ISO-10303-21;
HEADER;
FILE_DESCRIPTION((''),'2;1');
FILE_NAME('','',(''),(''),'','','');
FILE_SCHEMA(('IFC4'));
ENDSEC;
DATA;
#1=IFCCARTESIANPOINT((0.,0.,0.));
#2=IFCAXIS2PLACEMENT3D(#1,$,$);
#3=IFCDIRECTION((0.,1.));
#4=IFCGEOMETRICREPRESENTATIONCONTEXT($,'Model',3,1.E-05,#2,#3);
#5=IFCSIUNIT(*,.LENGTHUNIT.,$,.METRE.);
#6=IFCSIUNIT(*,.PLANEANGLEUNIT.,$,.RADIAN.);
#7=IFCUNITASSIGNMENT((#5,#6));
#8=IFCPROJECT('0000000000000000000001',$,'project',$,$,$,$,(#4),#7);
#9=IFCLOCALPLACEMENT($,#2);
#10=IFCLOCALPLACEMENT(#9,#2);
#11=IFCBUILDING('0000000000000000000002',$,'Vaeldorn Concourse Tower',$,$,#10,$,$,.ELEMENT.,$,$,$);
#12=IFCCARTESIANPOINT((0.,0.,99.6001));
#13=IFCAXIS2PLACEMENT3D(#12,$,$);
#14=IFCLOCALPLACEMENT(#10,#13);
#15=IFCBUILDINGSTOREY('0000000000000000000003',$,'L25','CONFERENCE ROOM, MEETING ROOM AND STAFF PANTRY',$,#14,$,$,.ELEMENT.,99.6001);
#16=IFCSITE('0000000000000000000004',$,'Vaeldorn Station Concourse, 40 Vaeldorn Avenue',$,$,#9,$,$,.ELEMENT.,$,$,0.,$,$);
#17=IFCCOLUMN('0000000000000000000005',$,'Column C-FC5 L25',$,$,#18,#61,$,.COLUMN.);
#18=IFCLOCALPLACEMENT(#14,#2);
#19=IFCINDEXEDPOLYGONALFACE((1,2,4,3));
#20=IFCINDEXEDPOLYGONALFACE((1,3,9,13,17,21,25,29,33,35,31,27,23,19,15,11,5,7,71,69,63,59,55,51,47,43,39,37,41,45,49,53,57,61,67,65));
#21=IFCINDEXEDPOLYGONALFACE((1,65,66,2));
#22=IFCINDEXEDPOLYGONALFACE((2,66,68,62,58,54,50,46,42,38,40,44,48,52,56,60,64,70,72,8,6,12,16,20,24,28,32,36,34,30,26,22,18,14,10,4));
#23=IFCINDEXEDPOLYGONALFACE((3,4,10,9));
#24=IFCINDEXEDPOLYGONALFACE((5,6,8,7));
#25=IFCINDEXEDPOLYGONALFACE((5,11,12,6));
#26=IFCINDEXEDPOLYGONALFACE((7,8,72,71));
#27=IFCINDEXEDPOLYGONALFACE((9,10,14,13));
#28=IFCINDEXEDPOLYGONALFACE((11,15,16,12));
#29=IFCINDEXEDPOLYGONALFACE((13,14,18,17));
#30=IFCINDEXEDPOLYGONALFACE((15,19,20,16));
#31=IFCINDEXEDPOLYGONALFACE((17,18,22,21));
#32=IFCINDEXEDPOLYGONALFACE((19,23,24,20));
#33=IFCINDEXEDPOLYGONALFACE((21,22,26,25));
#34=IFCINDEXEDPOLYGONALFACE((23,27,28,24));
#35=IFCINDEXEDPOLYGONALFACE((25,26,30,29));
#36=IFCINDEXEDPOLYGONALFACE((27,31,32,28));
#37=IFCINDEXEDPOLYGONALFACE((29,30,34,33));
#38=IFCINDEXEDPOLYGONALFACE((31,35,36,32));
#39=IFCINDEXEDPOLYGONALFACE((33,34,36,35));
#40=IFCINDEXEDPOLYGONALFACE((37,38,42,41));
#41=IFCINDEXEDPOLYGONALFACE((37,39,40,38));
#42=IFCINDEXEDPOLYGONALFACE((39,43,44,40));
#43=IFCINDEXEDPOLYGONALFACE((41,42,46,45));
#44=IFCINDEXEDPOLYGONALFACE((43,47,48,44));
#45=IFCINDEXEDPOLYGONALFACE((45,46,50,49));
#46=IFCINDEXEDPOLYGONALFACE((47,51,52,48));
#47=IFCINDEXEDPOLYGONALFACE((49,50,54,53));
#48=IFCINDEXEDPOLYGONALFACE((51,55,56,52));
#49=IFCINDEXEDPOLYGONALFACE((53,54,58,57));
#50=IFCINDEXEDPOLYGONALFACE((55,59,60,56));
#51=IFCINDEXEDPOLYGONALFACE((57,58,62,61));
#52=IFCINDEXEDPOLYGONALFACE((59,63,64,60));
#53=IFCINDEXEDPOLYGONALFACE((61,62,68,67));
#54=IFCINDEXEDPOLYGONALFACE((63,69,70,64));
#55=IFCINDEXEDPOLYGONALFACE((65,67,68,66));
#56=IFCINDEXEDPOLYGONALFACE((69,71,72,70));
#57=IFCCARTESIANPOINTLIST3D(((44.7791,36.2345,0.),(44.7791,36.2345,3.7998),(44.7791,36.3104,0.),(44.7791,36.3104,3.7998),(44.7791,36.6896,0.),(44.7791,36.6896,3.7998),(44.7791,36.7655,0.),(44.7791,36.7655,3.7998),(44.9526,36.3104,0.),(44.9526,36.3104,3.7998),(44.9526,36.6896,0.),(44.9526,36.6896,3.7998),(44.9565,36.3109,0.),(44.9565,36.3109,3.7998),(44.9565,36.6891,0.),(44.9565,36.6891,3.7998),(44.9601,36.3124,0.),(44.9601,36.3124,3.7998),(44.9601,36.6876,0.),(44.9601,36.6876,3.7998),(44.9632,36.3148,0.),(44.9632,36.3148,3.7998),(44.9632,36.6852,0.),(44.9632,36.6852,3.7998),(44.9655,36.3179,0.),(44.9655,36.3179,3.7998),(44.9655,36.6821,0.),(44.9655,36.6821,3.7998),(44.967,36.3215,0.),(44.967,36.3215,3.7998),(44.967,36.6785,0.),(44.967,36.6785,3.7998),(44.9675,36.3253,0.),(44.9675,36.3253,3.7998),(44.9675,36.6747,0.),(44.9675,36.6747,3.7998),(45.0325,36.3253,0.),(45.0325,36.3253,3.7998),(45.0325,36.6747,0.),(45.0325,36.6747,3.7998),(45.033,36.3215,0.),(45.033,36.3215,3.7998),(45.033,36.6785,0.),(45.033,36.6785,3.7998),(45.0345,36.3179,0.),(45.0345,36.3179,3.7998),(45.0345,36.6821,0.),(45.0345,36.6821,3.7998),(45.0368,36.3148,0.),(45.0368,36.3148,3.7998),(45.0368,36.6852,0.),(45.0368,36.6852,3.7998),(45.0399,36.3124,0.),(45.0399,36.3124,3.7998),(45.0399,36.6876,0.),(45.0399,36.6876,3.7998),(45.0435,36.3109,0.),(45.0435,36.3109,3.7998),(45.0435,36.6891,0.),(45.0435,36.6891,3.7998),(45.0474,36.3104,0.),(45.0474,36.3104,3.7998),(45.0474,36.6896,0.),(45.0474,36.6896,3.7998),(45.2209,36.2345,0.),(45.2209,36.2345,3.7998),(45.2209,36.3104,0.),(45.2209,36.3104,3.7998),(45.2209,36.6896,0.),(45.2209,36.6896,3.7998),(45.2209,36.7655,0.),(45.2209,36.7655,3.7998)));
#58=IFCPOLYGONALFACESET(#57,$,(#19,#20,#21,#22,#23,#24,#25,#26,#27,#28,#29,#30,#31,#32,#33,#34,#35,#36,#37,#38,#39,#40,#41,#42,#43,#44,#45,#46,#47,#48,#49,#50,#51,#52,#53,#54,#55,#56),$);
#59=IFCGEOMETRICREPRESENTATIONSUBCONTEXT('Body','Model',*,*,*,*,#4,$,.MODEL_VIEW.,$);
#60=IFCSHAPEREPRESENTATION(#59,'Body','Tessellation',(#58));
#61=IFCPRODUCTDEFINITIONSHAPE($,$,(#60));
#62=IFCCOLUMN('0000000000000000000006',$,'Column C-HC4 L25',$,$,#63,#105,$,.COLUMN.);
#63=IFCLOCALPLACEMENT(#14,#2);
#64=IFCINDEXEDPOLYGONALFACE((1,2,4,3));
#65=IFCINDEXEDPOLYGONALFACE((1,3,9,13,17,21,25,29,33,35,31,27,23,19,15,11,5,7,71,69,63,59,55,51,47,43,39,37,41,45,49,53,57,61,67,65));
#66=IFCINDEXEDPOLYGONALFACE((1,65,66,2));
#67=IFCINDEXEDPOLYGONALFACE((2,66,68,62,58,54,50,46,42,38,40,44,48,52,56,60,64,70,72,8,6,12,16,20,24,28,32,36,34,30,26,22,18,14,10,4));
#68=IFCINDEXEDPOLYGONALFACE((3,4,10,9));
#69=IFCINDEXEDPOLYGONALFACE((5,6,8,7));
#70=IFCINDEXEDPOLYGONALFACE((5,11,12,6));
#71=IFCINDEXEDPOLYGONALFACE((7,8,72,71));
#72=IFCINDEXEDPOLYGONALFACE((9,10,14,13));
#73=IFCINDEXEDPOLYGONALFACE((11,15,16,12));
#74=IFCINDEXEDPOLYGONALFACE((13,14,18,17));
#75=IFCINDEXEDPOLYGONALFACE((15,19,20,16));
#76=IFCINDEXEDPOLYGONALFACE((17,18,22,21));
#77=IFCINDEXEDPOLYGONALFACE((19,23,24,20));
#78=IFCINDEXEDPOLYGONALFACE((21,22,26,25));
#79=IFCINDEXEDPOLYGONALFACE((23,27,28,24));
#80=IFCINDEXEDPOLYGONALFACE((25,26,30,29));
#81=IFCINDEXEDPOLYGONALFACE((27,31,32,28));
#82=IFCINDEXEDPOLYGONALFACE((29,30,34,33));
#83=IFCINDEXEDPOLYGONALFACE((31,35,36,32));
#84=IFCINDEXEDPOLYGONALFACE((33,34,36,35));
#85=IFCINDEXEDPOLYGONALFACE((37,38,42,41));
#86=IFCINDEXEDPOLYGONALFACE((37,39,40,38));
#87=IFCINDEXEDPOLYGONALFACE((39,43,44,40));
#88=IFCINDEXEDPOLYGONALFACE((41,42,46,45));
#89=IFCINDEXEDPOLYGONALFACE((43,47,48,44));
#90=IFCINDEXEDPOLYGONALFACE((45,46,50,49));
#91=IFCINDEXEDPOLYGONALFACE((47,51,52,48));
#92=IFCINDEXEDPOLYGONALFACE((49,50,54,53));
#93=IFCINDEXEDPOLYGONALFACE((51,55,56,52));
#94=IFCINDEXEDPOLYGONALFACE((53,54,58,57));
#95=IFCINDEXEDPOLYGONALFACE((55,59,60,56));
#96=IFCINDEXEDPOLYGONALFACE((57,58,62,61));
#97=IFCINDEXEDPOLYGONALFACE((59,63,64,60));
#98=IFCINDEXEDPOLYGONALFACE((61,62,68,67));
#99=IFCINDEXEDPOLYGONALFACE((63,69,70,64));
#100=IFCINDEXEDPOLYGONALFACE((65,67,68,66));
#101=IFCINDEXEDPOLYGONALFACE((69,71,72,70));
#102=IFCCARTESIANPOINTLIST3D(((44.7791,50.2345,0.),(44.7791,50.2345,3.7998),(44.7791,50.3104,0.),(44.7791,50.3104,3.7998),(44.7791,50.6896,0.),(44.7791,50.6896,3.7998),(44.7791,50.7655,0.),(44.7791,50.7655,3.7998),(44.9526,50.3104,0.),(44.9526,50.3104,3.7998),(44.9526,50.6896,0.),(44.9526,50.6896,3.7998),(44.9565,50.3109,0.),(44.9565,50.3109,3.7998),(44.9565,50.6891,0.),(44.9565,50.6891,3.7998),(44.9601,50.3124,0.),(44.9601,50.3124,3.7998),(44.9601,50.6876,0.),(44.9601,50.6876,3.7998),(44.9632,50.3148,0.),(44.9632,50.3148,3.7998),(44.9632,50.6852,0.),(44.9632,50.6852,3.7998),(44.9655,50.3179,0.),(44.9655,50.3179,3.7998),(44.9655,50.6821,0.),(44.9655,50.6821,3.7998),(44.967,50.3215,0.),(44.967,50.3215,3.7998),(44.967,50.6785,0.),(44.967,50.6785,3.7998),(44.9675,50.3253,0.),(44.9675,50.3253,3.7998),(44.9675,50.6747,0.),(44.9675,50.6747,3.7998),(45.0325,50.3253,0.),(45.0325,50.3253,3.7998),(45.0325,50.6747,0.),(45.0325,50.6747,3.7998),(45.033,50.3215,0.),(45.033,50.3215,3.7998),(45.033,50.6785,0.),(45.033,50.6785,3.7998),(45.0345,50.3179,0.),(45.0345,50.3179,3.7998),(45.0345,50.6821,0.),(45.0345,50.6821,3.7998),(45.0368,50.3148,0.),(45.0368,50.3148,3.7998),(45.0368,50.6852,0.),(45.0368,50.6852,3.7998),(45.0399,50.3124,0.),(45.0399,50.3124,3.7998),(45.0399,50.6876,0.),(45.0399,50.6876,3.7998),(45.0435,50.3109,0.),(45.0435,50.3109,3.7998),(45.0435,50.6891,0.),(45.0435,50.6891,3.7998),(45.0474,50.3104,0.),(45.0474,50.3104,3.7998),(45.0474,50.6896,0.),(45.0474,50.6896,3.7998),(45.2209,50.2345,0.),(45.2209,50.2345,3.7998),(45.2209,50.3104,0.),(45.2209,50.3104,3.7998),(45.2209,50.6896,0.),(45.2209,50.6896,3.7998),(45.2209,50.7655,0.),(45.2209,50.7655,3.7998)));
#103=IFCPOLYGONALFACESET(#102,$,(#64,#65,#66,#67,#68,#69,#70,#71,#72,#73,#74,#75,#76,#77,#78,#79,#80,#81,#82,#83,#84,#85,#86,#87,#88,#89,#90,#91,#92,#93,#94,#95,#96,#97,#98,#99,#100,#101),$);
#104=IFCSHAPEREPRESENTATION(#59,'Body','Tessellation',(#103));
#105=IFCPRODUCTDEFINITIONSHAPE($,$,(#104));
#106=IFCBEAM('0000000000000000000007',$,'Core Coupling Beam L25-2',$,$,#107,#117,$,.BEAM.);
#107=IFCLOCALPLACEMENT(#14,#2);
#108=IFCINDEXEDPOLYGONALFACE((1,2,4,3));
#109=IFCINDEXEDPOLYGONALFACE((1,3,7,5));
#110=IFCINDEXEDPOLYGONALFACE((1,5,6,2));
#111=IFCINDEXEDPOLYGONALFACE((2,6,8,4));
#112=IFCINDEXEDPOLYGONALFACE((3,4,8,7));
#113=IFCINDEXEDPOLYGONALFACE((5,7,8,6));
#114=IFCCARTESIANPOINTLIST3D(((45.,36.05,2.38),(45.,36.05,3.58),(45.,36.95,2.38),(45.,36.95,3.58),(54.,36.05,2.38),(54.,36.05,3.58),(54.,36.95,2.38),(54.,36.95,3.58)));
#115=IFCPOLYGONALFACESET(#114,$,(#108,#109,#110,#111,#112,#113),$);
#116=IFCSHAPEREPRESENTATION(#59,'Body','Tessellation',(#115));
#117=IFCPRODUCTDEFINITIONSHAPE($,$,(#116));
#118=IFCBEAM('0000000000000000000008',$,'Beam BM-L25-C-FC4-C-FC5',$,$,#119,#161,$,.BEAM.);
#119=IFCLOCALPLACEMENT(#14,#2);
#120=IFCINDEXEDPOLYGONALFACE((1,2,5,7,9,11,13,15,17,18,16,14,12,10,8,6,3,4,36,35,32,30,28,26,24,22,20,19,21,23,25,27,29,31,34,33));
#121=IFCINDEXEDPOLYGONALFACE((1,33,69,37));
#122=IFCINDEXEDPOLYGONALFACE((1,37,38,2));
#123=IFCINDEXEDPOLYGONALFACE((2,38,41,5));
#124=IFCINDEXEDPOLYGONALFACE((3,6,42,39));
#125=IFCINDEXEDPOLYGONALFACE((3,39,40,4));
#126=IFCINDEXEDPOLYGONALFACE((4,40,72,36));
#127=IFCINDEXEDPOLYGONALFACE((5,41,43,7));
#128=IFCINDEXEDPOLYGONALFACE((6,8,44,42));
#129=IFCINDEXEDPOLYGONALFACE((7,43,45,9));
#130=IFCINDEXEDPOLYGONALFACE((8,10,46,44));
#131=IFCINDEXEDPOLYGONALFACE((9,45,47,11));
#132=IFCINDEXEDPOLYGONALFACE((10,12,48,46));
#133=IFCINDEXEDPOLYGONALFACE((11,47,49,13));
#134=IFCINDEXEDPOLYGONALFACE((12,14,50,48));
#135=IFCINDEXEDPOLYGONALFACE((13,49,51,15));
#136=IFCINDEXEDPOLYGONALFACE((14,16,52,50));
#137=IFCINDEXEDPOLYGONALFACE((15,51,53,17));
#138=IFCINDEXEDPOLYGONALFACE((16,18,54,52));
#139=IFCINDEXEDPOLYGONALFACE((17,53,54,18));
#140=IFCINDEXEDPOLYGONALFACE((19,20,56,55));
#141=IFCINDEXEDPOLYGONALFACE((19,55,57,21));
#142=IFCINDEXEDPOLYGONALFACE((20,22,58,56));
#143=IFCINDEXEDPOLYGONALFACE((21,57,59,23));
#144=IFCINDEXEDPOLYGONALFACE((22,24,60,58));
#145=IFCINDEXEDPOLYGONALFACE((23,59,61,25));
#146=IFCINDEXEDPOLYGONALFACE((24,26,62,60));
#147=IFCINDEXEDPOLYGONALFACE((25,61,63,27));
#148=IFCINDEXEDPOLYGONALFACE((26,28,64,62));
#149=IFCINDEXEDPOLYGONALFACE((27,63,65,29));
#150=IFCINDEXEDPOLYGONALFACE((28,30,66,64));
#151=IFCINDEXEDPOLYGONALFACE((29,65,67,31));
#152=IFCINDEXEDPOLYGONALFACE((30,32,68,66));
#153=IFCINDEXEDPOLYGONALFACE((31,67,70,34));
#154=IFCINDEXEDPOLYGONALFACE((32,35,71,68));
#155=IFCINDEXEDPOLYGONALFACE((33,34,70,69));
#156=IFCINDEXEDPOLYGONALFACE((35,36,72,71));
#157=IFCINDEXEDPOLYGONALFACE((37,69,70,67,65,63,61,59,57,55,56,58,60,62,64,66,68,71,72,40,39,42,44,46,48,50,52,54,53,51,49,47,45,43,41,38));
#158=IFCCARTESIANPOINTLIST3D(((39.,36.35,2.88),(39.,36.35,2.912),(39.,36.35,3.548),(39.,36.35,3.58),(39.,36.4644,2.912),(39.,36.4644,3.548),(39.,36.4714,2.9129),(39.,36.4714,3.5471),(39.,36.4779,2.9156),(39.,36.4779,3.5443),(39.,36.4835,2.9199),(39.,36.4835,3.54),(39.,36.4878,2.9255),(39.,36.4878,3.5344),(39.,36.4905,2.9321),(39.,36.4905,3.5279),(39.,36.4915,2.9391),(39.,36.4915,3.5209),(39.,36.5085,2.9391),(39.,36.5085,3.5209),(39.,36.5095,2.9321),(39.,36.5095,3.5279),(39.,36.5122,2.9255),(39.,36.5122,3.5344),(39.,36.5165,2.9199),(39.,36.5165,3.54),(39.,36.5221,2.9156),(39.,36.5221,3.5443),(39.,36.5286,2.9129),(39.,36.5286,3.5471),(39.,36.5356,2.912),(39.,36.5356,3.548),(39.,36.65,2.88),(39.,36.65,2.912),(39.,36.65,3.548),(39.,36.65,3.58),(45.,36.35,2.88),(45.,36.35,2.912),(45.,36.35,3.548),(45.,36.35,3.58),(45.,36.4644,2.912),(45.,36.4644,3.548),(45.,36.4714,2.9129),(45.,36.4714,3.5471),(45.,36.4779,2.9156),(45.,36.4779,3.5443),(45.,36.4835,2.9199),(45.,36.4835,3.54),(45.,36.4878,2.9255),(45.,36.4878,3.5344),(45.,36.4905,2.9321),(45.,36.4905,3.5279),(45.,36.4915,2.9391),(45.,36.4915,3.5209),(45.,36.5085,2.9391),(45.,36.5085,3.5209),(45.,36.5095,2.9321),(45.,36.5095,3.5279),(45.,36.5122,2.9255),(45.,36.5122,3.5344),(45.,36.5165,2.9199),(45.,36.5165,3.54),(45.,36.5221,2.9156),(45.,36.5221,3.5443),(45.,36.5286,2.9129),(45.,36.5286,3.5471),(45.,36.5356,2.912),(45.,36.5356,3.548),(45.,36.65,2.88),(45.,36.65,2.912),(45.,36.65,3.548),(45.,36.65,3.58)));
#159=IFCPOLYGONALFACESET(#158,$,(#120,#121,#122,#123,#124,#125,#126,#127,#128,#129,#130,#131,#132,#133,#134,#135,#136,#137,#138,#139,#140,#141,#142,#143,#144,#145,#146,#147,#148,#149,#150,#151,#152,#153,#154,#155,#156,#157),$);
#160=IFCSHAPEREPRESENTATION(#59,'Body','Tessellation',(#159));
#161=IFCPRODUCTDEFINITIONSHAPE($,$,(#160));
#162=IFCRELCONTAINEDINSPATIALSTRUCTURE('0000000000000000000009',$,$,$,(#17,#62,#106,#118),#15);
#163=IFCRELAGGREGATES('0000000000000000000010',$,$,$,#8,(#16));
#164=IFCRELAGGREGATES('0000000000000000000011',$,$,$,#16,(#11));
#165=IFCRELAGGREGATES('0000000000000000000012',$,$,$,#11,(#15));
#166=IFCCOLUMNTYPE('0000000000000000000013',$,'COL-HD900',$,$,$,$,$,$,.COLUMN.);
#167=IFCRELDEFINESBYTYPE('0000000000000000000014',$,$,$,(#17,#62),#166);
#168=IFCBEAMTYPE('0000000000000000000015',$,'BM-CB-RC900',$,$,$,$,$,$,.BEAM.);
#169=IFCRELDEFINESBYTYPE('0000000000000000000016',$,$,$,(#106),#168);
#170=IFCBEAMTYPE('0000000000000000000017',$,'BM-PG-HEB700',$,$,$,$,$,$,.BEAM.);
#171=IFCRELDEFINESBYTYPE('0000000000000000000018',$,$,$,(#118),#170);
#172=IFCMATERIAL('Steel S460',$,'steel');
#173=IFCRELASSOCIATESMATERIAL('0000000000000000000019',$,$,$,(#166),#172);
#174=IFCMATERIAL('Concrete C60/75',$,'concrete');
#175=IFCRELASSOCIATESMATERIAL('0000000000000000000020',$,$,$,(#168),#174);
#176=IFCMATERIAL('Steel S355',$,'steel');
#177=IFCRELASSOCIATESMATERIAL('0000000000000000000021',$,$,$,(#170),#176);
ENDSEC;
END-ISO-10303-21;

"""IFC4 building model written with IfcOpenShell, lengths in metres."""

from ifc_helpers import new_model, si_unit, direction, frame, origin, origin_2d, place, context, subcontext, project, spatial, rectangle, i_section, extrude, source, transform, mapped, material, material_profile, profile_set, type_object, element, save


model = new_model("IFC4")

# Units and contexts
model_context = context("Model", 3, precision=1e-05, world=origin(), true_north=direction((0.0, 1.0)))
body_context = subcontext(model_context, "Body", "Model", "MODEL_VIEW")
ifc_project = project(units=[si_unit("LENGTHUNIT", "METRE"), si_unit("PLANEANGLEUNIT", "RADIAN")], contexts=[model_context])

# Site, building, storey
site_placement = place(None, origin())
site = spatial("IfcSite", under=ifc_project, at=site_placement, Name="Vaeldorn Station Concourse, 40 Vaeldorn Avenue", CompositionType="ELEMENT", RefElevation=0.0)
building_placement = place(site_placement, origin())
building = spatial("IfcBuilding", under=site, at=building_placement, Name="Vaeldorn Concourse Tower", CompositionType="ELEMENT")
storey_placement = place(building_placement, frame((0.0, 0.0, 99.6001)))
storey = spatial("IfcBuildingStorey", under=building, at=storey_placement, Name="L25", Description="CONFERENCE ROOM, MEETING ROOM AND STAFF PANTRY", CompositionType="ELEMENT", Elevation=99.6001)

# Columns
ifc_material_1 = material(Name="Steel S460", Category="steel")
ifc_material_profile_1 = material_profile(ifc_material_1, i_section(OverallWidth=0.4419, OverallDepth=0.531, WebThickness=0.0649, FlangeThickness=0.0759, FilletRadius=0.0149, at=origin_2d()), Name="HD 400x900")
ifc_profile_set_1 = profile_set([ifc_material_profile_1], Name="Steel S460")
column_type = type_object("IfcColumnType", Name="COL-HD900", PredefinedType="COLUMN", material=ifc_profile_set_1)
shared_shape_1 = source(origin(), body_context, "Body", "SweptSolid", [
    extrude(i_section(OverallWidth=0.4419, OverallDepth=0.531, WebThickness=0.0649, FlangeThickness=0.0759, FilletRadius=0.0149, at=origin_2d()), origin(), (0.0, 0.0, 1.0), 3.7998),
])
for number, where, z_axis, x_axis, name in (
    (1, (45.0, 36.5, 0.0), (0.0, 0.0, 1.0), (1.0, 0.0, 0.0), "Column C-FC5 L25"),
    (2, (45.0, 50.5, 0.0), (0.0, 0.0, 1.0), (1.0, 0.0, 0.0), "Column C-HC4 L25"),
):
    element("IfcColumn", number, at=place(storey_placement, frame(where, z_axis=z_axis, x_axis=x_axis)), inside=storey, type_object=column_type, Name=name, PredefinedType="COLUMN", context=body_context, shape_type="MappedRepresentation", body=[
        mapped(shared_shape_1, transform((0.0, 0.0, 0.0), scale=1.0)),
    ])

# Beams
ifc_material_2 = material(Name="Concrete C60/75", Category="concrete")
ifc_material_profile_2 = material_profile(ifc_material_2, rectangle(XDim=0.8999, YDim=1.2, at=origin_2d()), Name="RC 900x1200")
ifc_profile_set_2 = profile_set([ifc_material_profile_2], Name="Concrete C60/75")
beam_type_1 = type_object("IfcBeamType", Name="BM-CB-RC900", PredefinedType="BEAM", material=ifc_profile_set_2)
shared_shape_2 = source(origin(), body_context, "Body", "SweptSolid", [
    extrude(rectangle(XDim=0.8999, YDim=1.2, at=origin_2d()), origin(), (0.0, 0.0, 1.0), 9.0),
])
beam_1_placement = place(storey_placement, frame((45.0, 36.5, 2.98), z_axis=(1.0, 0.0, 0.0), x_axis=(0.0, 1.0, 0.0)))
element("IfcBeam", 3, at=beam_1_placement, inside=storey, type_object=beam_type_1, Name="Core Coupling Beam L25-2", PredefinedType="BEAM", context=body_context, shape_type="MappedRepresentation", body=[
    mapped(shared_shape_2, transform((0.0, 0.0, 0.0), scale=1.0)),
])
ifc_material_3 = material(Name="Steel S355", Category="steel")
ifc_material_profile_3 = material_profile(ifc_material_3, i_section(OverallWidth=0.3, OverallDepth=0.7, WebThickness=0.0171, FlangeThickness=0.032, FilletRadius=0.0271, at=origin_2d()), Name="HEB 700")
ifc_profile_set_3 = profile_set([ifc_material_profile_3], Name="Steel S355")
beam_type_2 = type_object("IfcBeamType", Name="BM-PG-HEB700", PredefinedType="BEAM", material=ifc_profile_set_3)
shared_shape_3 = source(origin(), body_context, "Body", "SweptSolid", [
    extrude(i_section(OverallWidth=0.3, OverallDepth=0.7, WebThickness=0.0171, FlangeThickness=0.032, FilletRadius=0.0271, at=origin_2d()), origin(), (0.0, 0.0, 1.0), 6.0),
])
beam_2_placement = place(storey_placement, frame((39.0, 36.5, 3.23), z_axis=(1.0, 0.0, 0.0), x_axis=(0.0, 1.0, 0.0)))
element("IfcBeam", 4, at=beam_2_placement, inside=storey, type_object=beam_type_2, Name="Beam BM-L25-C-FC4-C-FC5", PredefinedType="BEAM", context=body_context, shape_type="MappedRepresentation", body=[
    mapped(shared_shape_3, transform((0.0, 0.0, 0.0), scale=1.0)),
])

save(model, "model.ifc")
